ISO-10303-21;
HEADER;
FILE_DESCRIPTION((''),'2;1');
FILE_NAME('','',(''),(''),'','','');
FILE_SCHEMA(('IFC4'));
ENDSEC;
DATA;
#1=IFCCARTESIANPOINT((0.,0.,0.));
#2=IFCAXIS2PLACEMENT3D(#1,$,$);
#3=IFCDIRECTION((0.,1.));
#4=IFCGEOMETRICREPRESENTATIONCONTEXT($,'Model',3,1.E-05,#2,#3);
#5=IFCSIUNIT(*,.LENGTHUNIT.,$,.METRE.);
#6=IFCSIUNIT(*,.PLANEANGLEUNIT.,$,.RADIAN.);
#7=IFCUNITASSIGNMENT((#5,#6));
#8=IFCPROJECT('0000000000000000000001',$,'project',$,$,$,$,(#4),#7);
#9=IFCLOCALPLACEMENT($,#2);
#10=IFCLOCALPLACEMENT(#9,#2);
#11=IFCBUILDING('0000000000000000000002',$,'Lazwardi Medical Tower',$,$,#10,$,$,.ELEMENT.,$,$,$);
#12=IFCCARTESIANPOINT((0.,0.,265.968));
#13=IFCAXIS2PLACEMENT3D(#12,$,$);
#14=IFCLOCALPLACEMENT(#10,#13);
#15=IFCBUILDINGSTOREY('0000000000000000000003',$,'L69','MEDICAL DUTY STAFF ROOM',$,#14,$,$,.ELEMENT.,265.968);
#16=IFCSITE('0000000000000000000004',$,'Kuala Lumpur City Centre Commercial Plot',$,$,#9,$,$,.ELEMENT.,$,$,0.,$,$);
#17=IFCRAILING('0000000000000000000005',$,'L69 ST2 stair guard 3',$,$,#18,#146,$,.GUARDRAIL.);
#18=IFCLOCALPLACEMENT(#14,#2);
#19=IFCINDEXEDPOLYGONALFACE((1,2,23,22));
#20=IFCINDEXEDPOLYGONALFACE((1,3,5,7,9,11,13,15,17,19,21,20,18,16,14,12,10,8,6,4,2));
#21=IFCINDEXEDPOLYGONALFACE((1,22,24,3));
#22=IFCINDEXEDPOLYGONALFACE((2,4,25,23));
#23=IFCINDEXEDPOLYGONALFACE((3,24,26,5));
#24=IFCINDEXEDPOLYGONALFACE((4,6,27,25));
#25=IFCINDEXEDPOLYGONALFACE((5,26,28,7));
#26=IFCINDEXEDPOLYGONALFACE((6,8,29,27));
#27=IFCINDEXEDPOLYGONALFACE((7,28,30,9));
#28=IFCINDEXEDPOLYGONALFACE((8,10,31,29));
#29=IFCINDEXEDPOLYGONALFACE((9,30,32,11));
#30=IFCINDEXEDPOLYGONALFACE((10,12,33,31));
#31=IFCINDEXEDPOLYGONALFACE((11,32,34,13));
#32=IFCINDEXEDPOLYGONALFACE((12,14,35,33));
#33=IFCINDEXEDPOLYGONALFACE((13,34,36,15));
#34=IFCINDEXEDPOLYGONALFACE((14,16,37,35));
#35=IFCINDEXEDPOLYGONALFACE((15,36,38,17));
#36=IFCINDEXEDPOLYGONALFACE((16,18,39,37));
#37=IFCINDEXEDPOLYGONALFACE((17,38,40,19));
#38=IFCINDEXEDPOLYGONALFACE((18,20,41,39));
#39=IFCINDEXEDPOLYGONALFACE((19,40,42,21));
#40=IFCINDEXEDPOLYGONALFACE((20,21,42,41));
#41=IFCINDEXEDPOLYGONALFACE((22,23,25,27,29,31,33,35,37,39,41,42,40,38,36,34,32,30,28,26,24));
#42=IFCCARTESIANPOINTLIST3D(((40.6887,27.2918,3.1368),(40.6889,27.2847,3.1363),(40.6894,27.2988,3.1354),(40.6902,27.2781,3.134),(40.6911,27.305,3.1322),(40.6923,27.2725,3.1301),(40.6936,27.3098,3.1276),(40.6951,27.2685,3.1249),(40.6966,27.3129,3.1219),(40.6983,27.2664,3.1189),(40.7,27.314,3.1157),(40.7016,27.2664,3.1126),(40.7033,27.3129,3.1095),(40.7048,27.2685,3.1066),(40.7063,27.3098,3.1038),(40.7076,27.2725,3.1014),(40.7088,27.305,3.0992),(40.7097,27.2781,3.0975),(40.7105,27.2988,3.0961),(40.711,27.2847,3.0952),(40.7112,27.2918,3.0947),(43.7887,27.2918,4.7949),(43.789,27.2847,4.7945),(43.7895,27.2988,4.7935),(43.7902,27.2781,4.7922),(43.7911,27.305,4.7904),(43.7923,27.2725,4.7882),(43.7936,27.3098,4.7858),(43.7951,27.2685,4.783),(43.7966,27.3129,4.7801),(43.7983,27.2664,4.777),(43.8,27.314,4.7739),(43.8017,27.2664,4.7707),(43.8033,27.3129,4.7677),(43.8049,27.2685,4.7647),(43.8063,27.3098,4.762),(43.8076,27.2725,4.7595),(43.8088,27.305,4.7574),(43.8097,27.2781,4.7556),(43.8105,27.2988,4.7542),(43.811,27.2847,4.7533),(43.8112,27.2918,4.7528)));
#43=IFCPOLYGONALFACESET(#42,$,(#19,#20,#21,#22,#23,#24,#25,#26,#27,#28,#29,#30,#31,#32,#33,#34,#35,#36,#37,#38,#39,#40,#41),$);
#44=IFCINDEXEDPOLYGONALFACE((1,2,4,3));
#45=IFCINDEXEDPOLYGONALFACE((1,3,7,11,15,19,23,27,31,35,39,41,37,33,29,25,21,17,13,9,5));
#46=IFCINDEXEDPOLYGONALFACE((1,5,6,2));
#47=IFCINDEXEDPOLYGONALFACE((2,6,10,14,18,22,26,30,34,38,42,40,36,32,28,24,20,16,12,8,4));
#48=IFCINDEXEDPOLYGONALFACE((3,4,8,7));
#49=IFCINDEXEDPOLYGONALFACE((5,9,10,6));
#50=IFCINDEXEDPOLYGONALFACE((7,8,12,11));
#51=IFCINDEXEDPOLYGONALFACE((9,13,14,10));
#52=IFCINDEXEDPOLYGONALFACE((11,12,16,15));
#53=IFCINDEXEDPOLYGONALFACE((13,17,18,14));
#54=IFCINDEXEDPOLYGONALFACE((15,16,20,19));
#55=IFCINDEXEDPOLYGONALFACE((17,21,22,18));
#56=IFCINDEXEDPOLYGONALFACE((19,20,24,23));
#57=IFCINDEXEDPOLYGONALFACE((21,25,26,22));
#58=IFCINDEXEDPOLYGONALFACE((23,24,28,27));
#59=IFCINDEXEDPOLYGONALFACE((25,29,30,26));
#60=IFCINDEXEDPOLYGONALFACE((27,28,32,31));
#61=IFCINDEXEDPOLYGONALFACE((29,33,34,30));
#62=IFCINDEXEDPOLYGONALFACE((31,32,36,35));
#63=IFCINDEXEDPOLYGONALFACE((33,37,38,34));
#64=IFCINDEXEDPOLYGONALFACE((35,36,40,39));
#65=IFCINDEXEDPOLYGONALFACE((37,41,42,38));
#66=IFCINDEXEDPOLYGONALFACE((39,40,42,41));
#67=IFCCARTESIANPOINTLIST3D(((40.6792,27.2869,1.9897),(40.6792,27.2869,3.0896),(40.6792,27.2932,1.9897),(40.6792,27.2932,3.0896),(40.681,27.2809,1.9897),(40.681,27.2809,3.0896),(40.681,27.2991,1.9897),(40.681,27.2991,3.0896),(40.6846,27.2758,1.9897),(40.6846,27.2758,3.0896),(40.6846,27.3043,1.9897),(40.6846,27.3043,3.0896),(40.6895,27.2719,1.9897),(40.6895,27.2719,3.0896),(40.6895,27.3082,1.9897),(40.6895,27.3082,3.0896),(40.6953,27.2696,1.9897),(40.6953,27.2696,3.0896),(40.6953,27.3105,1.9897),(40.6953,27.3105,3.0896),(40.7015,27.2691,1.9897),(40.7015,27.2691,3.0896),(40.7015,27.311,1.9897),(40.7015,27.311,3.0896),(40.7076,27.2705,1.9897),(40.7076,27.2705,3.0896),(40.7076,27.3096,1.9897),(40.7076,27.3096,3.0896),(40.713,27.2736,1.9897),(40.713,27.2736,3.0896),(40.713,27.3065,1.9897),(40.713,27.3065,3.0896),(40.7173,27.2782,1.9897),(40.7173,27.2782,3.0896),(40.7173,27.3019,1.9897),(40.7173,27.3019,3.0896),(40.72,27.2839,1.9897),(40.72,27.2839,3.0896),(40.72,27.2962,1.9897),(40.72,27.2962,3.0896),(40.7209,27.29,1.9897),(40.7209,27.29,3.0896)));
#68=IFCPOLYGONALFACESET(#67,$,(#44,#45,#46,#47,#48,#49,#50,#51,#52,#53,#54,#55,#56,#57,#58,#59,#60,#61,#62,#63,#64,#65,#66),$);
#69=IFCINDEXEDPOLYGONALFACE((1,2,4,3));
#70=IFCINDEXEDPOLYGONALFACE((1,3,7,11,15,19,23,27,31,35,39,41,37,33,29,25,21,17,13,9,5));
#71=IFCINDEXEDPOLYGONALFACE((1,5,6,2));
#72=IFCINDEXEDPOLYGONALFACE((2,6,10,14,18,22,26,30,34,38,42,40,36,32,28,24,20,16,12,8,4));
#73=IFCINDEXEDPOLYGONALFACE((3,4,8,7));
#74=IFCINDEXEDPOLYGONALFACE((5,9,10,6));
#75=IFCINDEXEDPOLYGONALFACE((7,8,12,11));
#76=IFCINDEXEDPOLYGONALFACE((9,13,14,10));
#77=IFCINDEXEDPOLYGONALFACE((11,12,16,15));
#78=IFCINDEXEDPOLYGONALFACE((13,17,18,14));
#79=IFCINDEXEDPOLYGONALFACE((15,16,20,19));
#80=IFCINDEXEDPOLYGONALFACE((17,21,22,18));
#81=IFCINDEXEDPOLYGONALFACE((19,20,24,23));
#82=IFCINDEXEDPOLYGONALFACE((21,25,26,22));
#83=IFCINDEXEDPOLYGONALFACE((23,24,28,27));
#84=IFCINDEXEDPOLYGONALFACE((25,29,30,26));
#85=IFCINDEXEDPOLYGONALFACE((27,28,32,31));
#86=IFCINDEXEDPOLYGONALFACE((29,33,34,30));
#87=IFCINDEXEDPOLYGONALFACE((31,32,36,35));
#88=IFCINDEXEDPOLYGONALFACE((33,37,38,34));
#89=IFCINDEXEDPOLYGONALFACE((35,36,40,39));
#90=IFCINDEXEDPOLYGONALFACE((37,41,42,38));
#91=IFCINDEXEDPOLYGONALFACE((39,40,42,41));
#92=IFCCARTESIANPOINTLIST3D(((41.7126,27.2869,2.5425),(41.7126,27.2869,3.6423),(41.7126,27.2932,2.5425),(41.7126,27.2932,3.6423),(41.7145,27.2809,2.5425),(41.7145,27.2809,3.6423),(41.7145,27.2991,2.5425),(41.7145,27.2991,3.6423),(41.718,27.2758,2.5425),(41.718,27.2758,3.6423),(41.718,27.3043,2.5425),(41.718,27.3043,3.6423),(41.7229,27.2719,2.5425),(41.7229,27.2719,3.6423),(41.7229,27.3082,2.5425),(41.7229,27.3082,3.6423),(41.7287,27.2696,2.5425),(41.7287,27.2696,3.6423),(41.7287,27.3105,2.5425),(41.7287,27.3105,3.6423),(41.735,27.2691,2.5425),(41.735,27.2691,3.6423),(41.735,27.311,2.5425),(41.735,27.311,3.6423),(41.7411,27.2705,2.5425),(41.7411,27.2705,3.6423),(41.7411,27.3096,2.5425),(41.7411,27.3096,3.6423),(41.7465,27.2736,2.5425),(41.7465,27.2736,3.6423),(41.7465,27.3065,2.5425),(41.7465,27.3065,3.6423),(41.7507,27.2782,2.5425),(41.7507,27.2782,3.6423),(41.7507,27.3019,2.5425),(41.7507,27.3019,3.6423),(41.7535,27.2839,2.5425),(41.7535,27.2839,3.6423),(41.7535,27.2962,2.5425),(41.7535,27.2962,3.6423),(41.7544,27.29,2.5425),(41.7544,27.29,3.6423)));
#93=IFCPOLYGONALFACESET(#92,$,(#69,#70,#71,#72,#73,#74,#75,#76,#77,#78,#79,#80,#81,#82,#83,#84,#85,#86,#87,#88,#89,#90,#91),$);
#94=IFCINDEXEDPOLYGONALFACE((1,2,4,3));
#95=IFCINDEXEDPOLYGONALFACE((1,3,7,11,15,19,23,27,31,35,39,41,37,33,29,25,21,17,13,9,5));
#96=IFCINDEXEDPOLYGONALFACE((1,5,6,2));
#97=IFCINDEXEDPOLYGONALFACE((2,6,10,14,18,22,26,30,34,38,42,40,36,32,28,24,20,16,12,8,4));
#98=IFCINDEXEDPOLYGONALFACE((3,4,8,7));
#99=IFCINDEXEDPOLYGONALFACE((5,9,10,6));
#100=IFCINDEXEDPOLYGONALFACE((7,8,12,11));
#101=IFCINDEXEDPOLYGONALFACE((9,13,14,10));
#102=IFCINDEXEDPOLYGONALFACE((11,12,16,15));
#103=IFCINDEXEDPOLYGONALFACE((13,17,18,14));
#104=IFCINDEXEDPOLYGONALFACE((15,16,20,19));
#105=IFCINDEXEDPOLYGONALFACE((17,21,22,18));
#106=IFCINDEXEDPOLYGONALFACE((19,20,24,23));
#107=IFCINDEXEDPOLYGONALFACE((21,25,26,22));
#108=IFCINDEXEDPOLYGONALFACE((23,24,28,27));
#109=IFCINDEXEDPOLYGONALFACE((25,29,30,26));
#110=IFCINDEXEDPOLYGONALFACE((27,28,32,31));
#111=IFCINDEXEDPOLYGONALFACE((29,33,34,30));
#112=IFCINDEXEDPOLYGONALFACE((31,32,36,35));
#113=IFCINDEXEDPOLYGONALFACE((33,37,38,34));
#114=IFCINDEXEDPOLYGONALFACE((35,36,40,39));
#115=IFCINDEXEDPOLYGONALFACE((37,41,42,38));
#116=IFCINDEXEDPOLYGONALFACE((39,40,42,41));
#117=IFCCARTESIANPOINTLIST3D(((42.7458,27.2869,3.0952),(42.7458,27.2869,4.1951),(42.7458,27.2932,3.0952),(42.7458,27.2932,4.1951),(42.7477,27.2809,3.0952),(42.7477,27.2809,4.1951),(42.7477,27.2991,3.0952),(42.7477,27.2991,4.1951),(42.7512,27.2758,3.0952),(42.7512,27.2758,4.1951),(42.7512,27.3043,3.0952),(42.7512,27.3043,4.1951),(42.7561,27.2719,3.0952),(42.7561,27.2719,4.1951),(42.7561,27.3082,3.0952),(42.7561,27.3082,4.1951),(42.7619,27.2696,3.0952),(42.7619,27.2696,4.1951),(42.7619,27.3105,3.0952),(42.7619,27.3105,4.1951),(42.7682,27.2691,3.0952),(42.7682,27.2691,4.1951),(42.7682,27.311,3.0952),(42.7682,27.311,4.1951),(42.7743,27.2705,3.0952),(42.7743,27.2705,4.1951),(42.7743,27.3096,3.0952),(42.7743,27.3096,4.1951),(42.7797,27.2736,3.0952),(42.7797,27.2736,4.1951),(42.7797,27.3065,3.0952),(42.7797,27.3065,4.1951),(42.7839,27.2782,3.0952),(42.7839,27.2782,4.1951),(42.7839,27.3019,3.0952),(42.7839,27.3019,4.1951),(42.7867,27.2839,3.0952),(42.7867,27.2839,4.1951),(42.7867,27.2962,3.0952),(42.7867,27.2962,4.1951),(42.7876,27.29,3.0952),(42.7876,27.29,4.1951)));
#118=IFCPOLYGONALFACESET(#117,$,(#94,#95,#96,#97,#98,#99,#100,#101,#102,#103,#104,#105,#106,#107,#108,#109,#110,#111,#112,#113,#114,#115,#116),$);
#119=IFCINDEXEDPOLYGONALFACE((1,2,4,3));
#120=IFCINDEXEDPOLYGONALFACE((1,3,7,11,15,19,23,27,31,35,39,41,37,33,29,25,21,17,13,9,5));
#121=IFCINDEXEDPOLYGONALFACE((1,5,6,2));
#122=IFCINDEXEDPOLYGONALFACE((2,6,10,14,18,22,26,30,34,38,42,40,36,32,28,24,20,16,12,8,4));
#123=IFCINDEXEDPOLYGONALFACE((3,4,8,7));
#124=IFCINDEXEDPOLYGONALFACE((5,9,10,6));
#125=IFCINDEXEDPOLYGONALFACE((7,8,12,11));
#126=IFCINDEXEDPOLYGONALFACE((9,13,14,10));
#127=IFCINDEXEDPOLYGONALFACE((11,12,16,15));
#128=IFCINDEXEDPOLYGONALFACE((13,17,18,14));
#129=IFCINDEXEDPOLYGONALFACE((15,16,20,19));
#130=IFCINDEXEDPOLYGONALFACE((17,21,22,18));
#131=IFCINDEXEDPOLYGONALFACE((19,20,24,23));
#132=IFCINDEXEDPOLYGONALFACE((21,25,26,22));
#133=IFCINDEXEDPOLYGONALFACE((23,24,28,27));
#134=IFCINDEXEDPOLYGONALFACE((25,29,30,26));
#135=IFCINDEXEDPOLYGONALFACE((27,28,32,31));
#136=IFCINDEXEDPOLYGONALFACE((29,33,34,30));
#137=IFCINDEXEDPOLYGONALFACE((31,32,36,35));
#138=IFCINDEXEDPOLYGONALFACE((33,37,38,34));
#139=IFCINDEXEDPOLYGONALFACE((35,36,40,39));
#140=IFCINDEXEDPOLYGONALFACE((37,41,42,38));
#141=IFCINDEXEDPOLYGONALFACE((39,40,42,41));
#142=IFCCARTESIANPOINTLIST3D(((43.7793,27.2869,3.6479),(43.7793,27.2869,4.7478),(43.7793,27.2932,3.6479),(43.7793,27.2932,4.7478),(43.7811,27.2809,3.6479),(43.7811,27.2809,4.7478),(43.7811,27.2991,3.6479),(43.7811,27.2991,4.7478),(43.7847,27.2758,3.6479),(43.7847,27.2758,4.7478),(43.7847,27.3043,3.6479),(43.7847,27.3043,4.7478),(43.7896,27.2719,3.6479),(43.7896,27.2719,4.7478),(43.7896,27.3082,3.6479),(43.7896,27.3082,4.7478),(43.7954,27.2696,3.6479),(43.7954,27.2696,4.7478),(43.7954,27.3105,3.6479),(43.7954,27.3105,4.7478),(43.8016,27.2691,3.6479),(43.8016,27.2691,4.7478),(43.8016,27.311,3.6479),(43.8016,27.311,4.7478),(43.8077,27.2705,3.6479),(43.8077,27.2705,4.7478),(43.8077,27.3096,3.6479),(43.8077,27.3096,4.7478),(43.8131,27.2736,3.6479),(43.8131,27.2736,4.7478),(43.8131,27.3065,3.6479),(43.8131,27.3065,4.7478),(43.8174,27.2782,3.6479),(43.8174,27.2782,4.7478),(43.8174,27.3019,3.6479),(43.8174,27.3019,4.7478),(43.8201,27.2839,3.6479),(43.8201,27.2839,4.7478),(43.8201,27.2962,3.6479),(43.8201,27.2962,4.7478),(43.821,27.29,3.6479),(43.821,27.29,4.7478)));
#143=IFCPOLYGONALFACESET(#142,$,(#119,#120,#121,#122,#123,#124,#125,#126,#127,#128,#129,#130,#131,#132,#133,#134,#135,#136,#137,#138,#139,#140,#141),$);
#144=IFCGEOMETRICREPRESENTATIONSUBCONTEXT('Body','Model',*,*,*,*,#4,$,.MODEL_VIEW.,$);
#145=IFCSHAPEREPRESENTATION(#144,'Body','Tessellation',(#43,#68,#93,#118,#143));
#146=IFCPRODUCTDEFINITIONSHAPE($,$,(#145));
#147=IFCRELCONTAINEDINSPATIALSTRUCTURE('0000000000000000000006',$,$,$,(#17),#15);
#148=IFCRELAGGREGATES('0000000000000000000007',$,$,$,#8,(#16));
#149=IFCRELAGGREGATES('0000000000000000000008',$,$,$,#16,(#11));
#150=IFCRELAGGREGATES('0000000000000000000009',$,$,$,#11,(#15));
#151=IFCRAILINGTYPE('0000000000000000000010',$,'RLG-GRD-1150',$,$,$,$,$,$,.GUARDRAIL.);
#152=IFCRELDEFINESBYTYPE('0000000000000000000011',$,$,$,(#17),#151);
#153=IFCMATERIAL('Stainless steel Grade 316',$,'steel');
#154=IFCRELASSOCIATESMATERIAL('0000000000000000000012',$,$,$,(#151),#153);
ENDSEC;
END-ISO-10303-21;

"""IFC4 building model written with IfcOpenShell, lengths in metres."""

from ifc_helpers import new_model, si_unit, direction, frame, origin, origin_2d, place, context, subcontext, project, spatial, circle, extrude, material, type_object, element, save


model = new_model("IFC4")

# Units and contexts
model_context = context("Model", 3, precision=1e-05, world=origin(), true_north=direction((0.0, 1.0)))
body_context = subcontext(model_context, "Body", "Model", "MODEL_VIEW")
ifc_project = project(units=[si_unit("LENGTHUNIT", "METRE"), si_unit("PLANEANGLEUNIT", "RADIAN")], contexts=[model_context])

# Site, building, storey
site_placement = place(None, origin())
site = spatial("IfcSite", under=ifc_project, at=site_placement, Name="Kuala Lumpur City Centre Commercial Plot", CompositionType="ELEMENT", RefElevation=0.0)
building_placement = place(site_placement, origin())
building = spatial("IfcBuilding", under=site, at=building_placement, Name="Lazwardi Medical Tower", CompositionType="ELEMENT")
storey_placement = place(building_placement, frame((0.0, 0.0, 265.968)))
storey = spatial("IfcBuildingStorey", under=building, at=storey_placement, Name="L69", Description="MEDICAL DUTY STAFF ROOM", CompositionType="ELEMENT", Elevation=265.968)

# Railing
ifc_material_1 = material(Name="Stainless steel Grade 316", Category="steel")
railing_type_1 = type_object("IfcRailingType", Name="RLG-GRD-1150", PredefinedType="GUARDRAIL", material=ifc_material_1)
railing_1_placement = place(storey_placement, frame((40.7, 27.29, 1.9897)))
element("IfcRailing", 1, at=railing_1_placement, inside=storey, type_object=railing_type_1, Name="L69 ST2 stair guard 3", PredefinedType="GUARDRAIL", context=body_context, shape_type="SweptSolid", body=[
    extrude(circle(Radius=0.0239, at=origin_2d()), frame((0.0, 0.0, 1.126), z_axis=(0.881783, 0.0, 0.471655), x_axis=(0.0, 1.0, 0.0)), (0.0, 0.0, 1.0), 3.5156),
    extrude(circle(Radius=0.021, at=origin_2d()), origin(), (0.0, 0.0, 1.0), 1.0999),
    extrude(circle(Radius=0.021, at=origin_2d()), frame((1.0334, 0.0, 0.5527)), (0.0, 0.0, 1.0), 1.0999),
    extrude(circle(Radius=0.021, at=origin_2d()), frame((2.0667, 0.0, 1.1055)), (0.0, 0.0, 1.0), 1.0999),
    extrude(circle(Radius=0.021, at=origin_2d()), frame((3.1001, 0.0, 1.6582)), (0.0, 0.0, 1.0), 1.0999),
])

save(model, "model.ifc")
